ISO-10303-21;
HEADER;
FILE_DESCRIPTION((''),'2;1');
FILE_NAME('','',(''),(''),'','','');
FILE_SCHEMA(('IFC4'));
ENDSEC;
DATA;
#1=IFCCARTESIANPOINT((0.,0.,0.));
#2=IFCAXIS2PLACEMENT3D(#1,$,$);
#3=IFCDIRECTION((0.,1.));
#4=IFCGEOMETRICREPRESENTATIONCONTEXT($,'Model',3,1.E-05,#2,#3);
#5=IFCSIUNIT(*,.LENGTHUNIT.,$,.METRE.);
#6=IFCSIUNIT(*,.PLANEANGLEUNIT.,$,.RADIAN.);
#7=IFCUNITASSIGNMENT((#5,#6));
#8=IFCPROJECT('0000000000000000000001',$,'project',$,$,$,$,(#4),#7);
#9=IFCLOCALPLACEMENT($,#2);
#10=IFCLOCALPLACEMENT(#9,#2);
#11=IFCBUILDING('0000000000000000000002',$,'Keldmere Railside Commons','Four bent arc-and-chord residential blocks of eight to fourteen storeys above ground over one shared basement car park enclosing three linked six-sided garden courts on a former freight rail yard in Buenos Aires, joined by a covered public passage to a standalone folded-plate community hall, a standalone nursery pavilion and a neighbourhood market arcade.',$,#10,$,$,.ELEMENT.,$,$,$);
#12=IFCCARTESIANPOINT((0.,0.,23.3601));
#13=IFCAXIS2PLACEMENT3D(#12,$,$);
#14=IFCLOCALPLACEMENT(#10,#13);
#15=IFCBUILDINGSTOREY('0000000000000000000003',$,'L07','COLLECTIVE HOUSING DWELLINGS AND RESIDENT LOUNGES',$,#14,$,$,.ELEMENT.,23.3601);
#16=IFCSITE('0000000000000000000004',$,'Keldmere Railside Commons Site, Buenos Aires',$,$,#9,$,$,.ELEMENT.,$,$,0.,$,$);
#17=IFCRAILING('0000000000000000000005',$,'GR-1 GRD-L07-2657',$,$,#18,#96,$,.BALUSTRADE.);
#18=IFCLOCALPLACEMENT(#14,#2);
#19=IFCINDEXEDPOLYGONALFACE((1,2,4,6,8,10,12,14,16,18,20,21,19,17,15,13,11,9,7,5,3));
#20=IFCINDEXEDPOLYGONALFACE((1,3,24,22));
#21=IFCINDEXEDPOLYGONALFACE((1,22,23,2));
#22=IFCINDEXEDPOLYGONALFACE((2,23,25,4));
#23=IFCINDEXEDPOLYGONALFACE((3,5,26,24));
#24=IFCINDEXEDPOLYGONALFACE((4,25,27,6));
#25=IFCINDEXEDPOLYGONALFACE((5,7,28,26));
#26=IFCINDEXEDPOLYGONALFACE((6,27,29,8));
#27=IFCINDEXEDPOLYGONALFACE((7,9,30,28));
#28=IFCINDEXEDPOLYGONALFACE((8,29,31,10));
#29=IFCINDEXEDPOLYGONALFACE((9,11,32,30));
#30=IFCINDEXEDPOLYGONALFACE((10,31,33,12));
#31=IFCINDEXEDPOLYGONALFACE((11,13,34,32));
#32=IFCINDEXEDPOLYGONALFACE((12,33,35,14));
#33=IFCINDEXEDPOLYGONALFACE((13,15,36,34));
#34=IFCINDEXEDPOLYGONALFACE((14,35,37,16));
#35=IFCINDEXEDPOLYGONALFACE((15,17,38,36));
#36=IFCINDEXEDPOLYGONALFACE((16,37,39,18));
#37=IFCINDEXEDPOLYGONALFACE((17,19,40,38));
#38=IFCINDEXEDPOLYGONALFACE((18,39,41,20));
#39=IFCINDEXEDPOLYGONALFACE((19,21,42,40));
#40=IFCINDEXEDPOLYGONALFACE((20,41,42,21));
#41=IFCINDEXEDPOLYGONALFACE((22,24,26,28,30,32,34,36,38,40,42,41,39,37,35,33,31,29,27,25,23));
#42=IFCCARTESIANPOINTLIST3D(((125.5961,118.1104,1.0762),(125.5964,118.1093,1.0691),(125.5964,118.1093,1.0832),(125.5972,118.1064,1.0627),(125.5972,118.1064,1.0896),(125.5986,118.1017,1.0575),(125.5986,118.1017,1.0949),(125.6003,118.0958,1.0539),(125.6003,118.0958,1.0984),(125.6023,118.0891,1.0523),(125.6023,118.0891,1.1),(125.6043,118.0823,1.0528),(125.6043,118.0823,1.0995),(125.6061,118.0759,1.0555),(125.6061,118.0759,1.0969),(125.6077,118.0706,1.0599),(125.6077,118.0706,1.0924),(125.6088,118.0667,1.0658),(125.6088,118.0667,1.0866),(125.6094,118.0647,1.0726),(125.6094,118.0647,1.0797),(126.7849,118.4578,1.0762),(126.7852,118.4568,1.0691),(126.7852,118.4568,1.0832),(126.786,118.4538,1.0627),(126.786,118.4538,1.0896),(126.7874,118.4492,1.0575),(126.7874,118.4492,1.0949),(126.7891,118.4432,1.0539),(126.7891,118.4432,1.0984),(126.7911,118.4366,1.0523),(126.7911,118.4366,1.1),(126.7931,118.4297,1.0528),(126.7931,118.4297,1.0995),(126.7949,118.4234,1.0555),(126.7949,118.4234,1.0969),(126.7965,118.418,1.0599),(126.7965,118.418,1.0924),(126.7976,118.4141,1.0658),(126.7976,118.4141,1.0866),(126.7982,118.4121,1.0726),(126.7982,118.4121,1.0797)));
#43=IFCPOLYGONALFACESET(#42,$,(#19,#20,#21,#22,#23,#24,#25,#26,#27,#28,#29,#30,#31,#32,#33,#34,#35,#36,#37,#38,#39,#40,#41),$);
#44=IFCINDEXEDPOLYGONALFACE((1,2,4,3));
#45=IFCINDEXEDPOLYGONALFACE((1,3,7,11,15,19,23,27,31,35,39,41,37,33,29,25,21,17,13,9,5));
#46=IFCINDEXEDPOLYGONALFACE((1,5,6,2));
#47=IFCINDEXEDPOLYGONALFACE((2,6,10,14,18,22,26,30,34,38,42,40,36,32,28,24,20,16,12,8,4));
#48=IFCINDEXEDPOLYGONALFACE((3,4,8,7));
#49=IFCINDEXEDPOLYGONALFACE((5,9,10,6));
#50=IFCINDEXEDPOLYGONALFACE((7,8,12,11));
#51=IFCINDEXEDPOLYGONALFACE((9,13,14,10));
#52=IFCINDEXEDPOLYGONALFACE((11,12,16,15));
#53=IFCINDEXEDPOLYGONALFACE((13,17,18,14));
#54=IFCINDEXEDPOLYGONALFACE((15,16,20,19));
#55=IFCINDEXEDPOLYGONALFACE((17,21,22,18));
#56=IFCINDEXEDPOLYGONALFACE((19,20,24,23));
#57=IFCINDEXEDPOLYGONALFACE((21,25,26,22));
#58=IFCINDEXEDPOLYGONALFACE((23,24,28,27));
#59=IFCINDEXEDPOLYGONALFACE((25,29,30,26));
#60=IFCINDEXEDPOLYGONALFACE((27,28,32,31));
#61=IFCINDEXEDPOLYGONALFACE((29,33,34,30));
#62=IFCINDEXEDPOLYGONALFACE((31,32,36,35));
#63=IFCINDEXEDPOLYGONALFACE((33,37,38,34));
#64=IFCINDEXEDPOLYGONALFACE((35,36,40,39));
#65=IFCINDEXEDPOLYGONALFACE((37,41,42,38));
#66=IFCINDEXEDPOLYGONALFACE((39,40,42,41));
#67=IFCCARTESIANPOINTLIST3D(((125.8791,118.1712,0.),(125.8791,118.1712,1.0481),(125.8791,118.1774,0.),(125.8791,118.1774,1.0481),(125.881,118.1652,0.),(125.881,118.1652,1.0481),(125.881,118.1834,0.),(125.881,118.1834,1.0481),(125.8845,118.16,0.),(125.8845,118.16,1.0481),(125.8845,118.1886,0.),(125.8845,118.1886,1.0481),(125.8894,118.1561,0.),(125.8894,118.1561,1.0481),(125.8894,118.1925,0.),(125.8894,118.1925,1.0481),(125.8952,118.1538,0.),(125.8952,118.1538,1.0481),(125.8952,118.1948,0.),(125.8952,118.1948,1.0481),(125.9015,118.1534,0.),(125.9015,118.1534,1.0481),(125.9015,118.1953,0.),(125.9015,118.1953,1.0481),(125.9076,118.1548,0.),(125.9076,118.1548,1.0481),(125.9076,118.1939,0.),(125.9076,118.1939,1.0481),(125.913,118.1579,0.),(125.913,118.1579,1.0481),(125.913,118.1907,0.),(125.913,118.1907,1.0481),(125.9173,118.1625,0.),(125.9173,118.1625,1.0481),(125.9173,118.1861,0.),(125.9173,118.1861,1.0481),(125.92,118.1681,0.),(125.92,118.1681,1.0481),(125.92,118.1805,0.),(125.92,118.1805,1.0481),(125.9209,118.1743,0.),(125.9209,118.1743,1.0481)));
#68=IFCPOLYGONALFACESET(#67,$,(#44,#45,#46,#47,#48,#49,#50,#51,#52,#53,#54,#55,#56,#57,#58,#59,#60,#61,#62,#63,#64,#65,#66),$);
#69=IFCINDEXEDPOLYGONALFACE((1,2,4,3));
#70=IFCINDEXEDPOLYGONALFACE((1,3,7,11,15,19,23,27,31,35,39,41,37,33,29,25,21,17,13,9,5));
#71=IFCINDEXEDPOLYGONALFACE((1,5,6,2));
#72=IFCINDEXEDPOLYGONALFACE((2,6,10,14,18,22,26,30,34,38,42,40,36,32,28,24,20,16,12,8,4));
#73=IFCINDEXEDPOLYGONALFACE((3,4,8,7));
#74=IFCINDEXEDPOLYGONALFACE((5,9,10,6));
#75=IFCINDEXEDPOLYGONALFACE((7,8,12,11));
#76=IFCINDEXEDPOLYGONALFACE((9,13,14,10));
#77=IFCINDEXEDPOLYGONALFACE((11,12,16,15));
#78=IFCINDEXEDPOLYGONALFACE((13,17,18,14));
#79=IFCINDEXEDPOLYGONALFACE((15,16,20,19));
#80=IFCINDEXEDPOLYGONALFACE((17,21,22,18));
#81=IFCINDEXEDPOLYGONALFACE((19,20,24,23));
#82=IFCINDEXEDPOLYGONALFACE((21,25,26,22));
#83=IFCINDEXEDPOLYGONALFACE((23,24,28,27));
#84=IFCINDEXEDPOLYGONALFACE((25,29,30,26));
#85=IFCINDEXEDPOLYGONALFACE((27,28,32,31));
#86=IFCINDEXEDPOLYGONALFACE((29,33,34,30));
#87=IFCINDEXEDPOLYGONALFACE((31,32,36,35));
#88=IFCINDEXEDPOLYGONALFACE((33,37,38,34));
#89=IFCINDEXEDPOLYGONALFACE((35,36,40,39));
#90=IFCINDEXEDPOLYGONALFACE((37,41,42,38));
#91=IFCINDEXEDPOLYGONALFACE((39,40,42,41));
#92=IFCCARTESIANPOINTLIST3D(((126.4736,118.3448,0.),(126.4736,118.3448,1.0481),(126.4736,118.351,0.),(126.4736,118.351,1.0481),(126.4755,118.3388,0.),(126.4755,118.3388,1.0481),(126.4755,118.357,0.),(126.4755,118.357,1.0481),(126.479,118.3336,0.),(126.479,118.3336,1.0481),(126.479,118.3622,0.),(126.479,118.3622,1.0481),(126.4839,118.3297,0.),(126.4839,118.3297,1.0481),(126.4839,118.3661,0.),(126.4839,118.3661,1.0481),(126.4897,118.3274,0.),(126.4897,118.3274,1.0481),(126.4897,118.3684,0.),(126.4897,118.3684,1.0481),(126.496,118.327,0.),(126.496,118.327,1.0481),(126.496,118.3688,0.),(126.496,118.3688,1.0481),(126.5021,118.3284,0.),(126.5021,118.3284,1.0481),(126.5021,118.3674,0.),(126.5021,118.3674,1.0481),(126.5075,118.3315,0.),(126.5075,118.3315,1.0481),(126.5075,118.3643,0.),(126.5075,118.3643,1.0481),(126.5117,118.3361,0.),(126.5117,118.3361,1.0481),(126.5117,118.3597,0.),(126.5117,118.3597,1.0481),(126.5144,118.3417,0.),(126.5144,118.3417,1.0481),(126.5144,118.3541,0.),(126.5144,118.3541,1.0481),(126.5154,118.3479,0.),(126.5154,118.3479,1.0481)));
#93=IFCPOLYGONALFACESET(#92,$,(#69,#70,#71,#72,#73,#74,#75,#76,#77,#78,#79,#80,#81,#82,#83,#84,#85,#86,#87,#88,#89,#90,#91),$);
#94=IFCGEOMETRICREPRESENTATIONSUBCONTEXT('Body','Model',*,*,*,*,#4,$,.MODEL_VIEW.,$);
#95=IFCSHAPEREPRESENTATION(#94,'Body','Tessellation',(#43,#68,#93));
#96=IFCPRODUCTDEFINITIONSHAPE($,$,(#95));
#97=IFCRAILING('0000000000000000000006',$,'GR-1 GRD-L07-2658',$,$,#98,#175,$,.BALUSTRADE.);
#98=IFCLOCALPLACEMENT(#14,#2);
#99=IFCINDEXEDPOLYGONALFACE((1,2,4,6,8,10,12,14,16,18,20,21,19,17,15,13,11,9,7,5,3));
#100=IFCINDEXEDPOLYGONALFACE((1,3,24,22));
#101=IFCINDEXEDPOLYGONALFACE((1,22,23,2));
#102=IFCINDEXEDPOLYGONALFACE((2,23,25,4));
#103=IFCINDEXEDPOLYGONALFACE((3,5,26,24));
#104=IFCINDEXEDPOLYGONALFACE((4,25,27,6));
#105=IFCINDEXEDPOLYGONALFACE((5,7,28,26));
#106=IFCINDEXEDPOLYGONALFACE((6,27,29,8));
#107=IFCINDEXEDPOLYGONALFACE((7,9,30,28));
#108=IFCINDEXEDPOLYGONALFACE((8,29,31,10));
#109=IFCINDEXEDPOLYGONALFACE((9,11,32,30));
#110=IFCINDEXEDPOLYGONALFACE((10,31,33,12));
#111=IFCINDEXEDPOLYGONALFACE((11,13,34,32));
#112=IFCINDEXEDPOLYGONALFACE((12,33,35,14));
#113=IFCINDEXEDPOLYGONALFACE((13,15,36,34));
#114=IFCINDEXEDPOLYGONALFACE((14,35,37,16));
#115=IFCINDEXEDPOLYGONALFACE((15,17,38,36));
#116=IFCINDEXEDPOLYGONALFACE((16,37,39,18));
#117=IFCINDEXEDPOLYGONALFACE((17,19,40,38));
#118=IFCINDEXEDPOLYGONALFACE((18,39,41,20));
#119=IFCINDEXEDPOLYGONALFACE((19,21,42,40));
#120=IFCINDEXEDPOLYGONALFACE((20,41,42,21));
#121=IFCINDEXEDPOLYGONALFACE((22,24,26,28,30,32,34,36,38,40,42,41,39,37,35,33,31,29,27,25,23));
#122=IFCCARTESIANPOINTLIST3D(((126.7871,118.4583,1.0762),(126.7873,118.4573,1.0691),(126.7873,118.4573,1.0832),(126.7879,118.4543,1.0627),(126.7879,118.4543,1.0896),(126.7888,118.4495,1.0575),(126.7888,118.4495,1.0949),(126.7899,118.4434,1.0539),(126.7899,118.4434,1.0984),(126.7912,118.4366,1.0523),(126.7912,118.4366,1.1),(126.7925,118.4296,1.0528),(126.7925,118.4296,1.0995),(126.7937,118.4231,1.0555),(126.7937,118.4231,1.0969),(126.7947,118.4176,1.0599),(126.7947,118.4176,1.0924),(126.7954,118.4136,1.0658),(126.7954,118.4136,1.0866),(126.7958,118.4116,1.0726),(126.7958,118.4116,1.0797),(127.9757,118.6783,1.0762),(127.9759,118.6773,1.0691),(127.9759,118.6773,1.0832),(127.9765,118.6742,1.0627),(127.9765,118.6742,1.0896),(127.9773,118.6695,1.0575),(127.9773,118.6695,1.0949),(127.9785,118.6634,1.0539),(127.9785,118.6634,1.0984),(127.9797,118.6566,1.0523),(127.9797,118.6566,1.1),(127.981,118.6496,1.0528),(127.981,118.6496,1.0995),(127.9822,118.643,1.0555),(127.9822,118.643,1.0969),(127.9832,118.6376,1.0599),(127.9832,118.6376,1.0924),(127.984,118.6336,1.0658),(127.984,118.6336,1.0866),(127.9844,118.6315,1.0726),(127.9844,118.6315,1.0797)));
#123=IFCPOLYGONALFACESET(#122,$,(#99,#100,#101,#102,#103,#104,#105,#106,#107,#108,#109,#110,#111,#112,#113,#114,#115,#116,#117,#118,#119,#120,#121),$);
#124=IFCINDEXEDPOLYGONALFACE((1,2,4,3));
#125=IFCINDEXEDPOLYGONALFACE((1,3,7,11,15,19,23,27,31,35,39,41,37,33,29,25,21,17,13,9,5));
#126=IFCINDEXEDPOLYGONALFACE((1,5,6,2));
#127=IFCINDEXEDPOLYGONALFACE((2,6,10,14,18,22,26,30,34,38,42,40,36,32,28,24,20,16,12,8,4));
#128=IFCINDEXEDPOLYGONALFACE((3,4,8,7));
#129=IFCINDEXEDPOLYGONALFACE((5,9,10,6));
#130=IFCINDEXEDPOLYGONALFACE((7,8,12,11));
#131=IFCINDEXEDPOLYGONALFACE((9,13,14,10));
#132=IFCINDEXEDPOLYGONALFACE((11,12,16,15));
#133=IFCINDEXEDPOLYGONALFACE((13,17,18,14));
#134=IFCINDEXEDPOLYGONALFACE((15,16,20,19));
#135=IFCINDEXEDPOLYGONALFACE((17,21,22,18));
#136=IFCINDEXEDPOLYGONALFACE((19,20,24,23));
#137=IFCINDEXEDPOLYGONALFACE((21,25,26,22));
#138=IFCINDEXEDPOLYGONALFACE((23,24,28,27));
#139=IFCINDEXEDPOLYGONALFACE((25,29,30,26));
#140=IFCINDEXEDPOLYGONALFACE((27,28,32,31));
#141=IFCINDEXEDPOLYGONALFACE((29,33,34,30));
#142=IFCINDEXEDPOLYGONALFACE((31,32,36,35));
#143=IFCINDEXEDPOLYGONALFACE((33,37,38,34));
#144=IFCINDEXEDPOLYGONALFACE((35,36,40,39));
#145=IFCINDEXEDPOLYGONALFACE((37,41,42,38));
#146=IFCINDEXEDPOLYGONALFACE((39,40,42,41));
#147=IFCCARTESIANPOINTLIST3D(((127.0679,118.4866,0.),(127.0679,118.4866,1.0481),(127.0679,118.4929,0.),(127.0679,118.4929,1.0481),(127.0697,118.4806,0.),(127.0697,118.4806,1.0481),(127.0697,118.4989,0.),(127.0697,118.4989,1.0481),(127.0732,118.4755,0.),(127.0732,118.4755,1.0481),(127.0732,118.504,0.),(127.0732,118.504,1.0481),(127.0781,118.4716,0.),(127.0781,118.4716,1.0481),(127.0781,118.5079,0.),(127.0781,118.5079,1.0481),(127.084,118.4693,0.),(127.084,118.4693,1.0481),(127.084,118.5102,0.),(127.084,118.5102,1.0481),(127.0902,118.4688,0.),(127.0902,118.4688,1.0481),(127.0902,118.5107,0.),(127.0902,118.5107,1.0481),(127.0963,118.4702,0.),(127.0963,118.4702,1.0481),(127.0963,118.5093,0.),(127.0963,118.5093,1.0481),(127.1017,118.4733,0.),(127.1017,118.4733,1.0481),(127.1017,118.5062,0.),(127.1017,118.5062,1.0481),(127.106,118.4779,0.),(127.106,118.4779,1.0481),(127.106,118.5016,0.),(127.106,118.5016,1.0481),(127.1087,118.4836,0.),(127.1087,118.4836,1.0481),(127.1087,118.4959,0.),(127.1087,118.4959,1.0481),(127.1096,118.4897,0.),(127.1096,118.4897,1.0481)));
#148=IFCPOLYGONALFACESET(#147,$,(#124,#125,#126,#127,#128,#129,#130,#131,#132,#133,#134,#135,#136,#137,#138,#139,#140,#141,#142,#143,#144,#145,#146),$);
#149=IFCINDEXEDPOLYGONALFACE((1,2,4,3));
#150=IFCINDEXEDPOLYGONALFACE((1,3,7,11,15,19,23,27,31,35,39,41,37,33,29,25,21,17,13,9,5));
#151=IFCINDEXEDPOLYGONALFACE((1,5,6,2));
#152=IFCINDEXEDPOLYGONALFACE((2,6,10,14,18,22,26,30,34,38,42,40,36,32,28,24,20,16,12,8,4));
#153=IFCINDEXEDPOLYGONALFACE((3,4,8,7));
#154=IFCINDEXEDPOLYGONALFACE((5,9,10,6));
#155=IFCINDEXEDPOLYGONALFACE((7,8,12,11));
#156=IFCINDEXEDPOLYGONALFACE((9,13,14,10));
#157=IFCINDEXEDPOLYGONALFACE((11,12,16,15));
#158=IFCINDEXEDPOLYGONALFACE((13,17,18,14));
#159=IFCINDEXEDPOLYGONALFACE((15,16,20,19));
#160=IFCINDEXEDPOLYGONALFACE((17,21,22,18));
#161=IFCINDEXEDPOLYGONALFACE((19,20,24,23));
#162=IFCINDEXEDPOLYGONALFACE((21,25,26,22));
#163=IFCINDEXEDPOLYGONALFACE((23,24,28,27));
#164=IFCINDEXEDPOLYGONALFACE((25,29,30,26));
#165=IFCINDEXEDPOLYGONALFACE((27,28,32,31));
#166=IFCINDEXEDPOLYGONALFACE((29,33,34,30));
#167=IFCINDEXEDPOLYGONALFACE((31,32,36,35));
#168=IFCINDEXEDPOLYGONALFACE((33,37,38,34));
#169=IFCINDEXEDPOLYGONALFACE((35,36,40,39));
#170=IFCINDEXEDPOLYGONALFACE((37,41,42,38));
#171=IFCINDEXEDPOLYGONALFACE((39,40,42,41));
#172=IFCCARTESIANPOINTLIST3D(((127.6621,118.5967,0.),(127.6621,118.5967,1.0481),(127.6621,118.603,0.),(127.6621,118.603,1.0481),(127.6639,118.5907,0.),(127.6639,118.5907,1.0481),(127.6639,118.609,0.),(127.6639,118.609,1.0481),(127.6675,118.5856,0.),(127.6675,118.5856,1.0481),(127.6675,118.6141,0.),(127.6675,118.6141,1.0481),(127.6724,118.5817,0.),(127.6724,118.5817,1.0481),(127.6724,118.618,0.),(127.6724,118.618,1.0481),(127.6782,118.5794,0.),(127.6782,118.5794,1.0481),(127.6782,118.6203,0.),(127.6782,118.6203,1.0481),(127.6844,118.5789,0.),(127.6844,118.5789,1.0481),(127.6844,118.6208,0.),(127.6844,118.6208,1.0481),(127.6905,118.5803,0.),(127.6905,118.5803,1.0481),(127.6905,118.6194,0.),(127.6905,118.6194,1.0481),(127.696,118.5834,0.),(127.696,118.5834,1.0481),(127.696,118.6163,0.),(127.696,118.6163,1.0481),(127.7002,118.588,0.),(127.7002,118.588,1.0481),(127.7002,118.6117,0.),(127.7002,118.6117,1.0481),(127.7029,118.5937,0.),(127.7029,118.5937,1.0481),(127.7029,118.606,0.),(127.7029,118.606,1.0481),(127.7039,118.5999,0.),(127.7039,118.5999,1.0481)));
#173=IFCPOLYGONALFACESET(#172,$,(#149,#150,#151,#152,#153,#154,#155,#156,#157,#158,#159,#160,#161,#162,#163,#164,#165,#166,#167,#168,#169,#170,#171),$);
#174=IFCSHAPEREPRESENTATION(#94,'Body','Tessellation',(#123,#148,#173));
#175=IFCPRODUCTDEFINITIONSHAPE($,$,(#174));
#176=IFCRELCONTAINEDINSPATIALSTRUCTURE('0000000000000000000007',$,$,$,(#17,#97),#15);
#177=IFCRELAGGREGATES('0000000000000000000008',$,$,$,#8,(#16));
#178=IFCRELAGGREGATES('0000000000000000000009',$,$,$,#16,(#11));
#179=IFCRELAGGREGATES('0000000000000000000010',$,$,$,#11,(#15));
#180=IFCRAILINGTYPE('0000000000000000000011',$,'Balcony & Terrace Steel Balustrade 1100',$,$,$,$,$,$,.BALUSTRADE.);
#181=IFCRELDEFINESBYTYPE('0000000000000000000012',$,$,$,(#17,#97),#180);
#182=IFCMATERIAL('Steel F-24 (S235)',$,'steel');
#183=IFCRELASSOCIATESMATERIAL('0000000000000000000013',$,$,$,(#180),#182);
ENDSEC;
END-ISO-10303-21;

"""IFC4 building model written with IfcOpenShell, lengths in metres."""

from ifc_helpers import new_model, si_unit, direction, frame, origin, origin_2d, place, context, subcontext, project, spatial, circle, extrude, material, type_object, element, save


model = new_model("IFC4")

# Units and contexts
model_context = context("Model", 3, precision=1e-05, world=origin(), true_north=direction((0.0, 1.0)))
body_context = subcontext(model_context, "Body", "Model", "MODEL_VIEW")
ifc_project = project(units=[si_unit("LENGTHUNIT", "METRE"), si_unit("PLANEANGLEUNIT", "RADIAN")], contexts=[model_context])

# Site, building, storey
site_placement = place(None, origin())
site = spatial("IfcSite", under=ifc_project, at=site_placement, Name="Keldmere Railside Commons Site, Buenos Aires", CompositionType="ELEMENT", RefElevation=0.0)
building_placement = place(site_placement, origin())
building = spatial("IfcBuilding", under=site, at=building_placement, Name="Keldmere Railside Commons", Description="Four bent arc-and-chord residential blocks of eight to fourteen storeys above ground over one shared basement car park enclosing three linked six-sided garden courts on a former freight rail yard in Buenos Aires, joined by a covered public passage to a standalone folded-plate community hall, a standalone nursery pavilion and a neighbourhood market arcade.", CompositionType="ELEMENT")
storey_placement = place(building_placement, frame((0.0, 0.0, 23.3601)))
storey = spatial("IfcBuildingStorey", under=building, at=storey_placement, Name="L07", Description="COLLECTIVE HOUSING DWELLINGS AND RESIDENT LOUNGES", CompositionType="ELEMENT", Elevation=23.3601)

# Railings
ifc_material_1 = material(Name="Steel F-24 (S235)", Category="steel")
railing_type = type_object("IfcRailingType", Name="Balcony & Terrace Steel Balustrade 1100", PredefinedType="BALUSTRADE", material=ifc_material_1)
railing_1_placement = place(storey_placement, frame((125.6028, 118.0874, 0.0)))
element("IfcRailing", 1, at=railing_1_placement, inside=storey, type_object=railing_type, Name="GR-1 GRD-L07-2657", PredefinedType="BALUSTRADE", context=body_context, shape_type="SweptSolid", body=[
    extrude(circle(Radius=0.0239, at=origin_2d()), frame((0.0, 0.0, 1.0762), z_axis=(0.959848, 0.280522, 0.0), x_axis=(-0.280522, 0.959848, 0.0)), (0.0, 0.0, 1.0), 1.2385),
    extrude(circle(Radius=0.021, at=origin_2d()), frame((0.2971, 0.0869, 0.0)), (0.0, 0.0, 1.0), 1.0481),
    extrude(circle(Radius=0.021, at=origin_2d()), frame((0.8916, 0.2605, 0.0)), (0.0, 0.0, 1.0), 1.0481),
])
railing_2_placement = place(storey_placement, frame((126.7915, 118.4348, 0.0)))
element("IfcRailing", 2, at=railing_2_placement, inside=storey, type_object=railing_type, Name="GR-1 GRD-L07-2658", PredefinedType="BALUSTRADE", context=body_context, shape_type="SweptSolid", body=[
    extrude(circle(Radius=0.0239, at=origin_2d()), frame((0.0, 0.0, 1.0762), z_axis=(0.983299, 0.181995, 0.0), x_axis=(-0.181995, 0.983299, 0.0)), (0.0, 0.0, 1.0), 1.2087),
    extrude(circle(Radius=0.021, at=origin_2d()), frame((0.2971, 0.0549, 0.0)), (0.0, 0.0, 1.0), 1.0481),
    extrude(circle(Radius=0.021, at=origin_2d()), frame((0.8914, 0.165, 0.0)), (0.0, 0.0, 1.0), 1.0481),
])

save(model, "model.ifc")
